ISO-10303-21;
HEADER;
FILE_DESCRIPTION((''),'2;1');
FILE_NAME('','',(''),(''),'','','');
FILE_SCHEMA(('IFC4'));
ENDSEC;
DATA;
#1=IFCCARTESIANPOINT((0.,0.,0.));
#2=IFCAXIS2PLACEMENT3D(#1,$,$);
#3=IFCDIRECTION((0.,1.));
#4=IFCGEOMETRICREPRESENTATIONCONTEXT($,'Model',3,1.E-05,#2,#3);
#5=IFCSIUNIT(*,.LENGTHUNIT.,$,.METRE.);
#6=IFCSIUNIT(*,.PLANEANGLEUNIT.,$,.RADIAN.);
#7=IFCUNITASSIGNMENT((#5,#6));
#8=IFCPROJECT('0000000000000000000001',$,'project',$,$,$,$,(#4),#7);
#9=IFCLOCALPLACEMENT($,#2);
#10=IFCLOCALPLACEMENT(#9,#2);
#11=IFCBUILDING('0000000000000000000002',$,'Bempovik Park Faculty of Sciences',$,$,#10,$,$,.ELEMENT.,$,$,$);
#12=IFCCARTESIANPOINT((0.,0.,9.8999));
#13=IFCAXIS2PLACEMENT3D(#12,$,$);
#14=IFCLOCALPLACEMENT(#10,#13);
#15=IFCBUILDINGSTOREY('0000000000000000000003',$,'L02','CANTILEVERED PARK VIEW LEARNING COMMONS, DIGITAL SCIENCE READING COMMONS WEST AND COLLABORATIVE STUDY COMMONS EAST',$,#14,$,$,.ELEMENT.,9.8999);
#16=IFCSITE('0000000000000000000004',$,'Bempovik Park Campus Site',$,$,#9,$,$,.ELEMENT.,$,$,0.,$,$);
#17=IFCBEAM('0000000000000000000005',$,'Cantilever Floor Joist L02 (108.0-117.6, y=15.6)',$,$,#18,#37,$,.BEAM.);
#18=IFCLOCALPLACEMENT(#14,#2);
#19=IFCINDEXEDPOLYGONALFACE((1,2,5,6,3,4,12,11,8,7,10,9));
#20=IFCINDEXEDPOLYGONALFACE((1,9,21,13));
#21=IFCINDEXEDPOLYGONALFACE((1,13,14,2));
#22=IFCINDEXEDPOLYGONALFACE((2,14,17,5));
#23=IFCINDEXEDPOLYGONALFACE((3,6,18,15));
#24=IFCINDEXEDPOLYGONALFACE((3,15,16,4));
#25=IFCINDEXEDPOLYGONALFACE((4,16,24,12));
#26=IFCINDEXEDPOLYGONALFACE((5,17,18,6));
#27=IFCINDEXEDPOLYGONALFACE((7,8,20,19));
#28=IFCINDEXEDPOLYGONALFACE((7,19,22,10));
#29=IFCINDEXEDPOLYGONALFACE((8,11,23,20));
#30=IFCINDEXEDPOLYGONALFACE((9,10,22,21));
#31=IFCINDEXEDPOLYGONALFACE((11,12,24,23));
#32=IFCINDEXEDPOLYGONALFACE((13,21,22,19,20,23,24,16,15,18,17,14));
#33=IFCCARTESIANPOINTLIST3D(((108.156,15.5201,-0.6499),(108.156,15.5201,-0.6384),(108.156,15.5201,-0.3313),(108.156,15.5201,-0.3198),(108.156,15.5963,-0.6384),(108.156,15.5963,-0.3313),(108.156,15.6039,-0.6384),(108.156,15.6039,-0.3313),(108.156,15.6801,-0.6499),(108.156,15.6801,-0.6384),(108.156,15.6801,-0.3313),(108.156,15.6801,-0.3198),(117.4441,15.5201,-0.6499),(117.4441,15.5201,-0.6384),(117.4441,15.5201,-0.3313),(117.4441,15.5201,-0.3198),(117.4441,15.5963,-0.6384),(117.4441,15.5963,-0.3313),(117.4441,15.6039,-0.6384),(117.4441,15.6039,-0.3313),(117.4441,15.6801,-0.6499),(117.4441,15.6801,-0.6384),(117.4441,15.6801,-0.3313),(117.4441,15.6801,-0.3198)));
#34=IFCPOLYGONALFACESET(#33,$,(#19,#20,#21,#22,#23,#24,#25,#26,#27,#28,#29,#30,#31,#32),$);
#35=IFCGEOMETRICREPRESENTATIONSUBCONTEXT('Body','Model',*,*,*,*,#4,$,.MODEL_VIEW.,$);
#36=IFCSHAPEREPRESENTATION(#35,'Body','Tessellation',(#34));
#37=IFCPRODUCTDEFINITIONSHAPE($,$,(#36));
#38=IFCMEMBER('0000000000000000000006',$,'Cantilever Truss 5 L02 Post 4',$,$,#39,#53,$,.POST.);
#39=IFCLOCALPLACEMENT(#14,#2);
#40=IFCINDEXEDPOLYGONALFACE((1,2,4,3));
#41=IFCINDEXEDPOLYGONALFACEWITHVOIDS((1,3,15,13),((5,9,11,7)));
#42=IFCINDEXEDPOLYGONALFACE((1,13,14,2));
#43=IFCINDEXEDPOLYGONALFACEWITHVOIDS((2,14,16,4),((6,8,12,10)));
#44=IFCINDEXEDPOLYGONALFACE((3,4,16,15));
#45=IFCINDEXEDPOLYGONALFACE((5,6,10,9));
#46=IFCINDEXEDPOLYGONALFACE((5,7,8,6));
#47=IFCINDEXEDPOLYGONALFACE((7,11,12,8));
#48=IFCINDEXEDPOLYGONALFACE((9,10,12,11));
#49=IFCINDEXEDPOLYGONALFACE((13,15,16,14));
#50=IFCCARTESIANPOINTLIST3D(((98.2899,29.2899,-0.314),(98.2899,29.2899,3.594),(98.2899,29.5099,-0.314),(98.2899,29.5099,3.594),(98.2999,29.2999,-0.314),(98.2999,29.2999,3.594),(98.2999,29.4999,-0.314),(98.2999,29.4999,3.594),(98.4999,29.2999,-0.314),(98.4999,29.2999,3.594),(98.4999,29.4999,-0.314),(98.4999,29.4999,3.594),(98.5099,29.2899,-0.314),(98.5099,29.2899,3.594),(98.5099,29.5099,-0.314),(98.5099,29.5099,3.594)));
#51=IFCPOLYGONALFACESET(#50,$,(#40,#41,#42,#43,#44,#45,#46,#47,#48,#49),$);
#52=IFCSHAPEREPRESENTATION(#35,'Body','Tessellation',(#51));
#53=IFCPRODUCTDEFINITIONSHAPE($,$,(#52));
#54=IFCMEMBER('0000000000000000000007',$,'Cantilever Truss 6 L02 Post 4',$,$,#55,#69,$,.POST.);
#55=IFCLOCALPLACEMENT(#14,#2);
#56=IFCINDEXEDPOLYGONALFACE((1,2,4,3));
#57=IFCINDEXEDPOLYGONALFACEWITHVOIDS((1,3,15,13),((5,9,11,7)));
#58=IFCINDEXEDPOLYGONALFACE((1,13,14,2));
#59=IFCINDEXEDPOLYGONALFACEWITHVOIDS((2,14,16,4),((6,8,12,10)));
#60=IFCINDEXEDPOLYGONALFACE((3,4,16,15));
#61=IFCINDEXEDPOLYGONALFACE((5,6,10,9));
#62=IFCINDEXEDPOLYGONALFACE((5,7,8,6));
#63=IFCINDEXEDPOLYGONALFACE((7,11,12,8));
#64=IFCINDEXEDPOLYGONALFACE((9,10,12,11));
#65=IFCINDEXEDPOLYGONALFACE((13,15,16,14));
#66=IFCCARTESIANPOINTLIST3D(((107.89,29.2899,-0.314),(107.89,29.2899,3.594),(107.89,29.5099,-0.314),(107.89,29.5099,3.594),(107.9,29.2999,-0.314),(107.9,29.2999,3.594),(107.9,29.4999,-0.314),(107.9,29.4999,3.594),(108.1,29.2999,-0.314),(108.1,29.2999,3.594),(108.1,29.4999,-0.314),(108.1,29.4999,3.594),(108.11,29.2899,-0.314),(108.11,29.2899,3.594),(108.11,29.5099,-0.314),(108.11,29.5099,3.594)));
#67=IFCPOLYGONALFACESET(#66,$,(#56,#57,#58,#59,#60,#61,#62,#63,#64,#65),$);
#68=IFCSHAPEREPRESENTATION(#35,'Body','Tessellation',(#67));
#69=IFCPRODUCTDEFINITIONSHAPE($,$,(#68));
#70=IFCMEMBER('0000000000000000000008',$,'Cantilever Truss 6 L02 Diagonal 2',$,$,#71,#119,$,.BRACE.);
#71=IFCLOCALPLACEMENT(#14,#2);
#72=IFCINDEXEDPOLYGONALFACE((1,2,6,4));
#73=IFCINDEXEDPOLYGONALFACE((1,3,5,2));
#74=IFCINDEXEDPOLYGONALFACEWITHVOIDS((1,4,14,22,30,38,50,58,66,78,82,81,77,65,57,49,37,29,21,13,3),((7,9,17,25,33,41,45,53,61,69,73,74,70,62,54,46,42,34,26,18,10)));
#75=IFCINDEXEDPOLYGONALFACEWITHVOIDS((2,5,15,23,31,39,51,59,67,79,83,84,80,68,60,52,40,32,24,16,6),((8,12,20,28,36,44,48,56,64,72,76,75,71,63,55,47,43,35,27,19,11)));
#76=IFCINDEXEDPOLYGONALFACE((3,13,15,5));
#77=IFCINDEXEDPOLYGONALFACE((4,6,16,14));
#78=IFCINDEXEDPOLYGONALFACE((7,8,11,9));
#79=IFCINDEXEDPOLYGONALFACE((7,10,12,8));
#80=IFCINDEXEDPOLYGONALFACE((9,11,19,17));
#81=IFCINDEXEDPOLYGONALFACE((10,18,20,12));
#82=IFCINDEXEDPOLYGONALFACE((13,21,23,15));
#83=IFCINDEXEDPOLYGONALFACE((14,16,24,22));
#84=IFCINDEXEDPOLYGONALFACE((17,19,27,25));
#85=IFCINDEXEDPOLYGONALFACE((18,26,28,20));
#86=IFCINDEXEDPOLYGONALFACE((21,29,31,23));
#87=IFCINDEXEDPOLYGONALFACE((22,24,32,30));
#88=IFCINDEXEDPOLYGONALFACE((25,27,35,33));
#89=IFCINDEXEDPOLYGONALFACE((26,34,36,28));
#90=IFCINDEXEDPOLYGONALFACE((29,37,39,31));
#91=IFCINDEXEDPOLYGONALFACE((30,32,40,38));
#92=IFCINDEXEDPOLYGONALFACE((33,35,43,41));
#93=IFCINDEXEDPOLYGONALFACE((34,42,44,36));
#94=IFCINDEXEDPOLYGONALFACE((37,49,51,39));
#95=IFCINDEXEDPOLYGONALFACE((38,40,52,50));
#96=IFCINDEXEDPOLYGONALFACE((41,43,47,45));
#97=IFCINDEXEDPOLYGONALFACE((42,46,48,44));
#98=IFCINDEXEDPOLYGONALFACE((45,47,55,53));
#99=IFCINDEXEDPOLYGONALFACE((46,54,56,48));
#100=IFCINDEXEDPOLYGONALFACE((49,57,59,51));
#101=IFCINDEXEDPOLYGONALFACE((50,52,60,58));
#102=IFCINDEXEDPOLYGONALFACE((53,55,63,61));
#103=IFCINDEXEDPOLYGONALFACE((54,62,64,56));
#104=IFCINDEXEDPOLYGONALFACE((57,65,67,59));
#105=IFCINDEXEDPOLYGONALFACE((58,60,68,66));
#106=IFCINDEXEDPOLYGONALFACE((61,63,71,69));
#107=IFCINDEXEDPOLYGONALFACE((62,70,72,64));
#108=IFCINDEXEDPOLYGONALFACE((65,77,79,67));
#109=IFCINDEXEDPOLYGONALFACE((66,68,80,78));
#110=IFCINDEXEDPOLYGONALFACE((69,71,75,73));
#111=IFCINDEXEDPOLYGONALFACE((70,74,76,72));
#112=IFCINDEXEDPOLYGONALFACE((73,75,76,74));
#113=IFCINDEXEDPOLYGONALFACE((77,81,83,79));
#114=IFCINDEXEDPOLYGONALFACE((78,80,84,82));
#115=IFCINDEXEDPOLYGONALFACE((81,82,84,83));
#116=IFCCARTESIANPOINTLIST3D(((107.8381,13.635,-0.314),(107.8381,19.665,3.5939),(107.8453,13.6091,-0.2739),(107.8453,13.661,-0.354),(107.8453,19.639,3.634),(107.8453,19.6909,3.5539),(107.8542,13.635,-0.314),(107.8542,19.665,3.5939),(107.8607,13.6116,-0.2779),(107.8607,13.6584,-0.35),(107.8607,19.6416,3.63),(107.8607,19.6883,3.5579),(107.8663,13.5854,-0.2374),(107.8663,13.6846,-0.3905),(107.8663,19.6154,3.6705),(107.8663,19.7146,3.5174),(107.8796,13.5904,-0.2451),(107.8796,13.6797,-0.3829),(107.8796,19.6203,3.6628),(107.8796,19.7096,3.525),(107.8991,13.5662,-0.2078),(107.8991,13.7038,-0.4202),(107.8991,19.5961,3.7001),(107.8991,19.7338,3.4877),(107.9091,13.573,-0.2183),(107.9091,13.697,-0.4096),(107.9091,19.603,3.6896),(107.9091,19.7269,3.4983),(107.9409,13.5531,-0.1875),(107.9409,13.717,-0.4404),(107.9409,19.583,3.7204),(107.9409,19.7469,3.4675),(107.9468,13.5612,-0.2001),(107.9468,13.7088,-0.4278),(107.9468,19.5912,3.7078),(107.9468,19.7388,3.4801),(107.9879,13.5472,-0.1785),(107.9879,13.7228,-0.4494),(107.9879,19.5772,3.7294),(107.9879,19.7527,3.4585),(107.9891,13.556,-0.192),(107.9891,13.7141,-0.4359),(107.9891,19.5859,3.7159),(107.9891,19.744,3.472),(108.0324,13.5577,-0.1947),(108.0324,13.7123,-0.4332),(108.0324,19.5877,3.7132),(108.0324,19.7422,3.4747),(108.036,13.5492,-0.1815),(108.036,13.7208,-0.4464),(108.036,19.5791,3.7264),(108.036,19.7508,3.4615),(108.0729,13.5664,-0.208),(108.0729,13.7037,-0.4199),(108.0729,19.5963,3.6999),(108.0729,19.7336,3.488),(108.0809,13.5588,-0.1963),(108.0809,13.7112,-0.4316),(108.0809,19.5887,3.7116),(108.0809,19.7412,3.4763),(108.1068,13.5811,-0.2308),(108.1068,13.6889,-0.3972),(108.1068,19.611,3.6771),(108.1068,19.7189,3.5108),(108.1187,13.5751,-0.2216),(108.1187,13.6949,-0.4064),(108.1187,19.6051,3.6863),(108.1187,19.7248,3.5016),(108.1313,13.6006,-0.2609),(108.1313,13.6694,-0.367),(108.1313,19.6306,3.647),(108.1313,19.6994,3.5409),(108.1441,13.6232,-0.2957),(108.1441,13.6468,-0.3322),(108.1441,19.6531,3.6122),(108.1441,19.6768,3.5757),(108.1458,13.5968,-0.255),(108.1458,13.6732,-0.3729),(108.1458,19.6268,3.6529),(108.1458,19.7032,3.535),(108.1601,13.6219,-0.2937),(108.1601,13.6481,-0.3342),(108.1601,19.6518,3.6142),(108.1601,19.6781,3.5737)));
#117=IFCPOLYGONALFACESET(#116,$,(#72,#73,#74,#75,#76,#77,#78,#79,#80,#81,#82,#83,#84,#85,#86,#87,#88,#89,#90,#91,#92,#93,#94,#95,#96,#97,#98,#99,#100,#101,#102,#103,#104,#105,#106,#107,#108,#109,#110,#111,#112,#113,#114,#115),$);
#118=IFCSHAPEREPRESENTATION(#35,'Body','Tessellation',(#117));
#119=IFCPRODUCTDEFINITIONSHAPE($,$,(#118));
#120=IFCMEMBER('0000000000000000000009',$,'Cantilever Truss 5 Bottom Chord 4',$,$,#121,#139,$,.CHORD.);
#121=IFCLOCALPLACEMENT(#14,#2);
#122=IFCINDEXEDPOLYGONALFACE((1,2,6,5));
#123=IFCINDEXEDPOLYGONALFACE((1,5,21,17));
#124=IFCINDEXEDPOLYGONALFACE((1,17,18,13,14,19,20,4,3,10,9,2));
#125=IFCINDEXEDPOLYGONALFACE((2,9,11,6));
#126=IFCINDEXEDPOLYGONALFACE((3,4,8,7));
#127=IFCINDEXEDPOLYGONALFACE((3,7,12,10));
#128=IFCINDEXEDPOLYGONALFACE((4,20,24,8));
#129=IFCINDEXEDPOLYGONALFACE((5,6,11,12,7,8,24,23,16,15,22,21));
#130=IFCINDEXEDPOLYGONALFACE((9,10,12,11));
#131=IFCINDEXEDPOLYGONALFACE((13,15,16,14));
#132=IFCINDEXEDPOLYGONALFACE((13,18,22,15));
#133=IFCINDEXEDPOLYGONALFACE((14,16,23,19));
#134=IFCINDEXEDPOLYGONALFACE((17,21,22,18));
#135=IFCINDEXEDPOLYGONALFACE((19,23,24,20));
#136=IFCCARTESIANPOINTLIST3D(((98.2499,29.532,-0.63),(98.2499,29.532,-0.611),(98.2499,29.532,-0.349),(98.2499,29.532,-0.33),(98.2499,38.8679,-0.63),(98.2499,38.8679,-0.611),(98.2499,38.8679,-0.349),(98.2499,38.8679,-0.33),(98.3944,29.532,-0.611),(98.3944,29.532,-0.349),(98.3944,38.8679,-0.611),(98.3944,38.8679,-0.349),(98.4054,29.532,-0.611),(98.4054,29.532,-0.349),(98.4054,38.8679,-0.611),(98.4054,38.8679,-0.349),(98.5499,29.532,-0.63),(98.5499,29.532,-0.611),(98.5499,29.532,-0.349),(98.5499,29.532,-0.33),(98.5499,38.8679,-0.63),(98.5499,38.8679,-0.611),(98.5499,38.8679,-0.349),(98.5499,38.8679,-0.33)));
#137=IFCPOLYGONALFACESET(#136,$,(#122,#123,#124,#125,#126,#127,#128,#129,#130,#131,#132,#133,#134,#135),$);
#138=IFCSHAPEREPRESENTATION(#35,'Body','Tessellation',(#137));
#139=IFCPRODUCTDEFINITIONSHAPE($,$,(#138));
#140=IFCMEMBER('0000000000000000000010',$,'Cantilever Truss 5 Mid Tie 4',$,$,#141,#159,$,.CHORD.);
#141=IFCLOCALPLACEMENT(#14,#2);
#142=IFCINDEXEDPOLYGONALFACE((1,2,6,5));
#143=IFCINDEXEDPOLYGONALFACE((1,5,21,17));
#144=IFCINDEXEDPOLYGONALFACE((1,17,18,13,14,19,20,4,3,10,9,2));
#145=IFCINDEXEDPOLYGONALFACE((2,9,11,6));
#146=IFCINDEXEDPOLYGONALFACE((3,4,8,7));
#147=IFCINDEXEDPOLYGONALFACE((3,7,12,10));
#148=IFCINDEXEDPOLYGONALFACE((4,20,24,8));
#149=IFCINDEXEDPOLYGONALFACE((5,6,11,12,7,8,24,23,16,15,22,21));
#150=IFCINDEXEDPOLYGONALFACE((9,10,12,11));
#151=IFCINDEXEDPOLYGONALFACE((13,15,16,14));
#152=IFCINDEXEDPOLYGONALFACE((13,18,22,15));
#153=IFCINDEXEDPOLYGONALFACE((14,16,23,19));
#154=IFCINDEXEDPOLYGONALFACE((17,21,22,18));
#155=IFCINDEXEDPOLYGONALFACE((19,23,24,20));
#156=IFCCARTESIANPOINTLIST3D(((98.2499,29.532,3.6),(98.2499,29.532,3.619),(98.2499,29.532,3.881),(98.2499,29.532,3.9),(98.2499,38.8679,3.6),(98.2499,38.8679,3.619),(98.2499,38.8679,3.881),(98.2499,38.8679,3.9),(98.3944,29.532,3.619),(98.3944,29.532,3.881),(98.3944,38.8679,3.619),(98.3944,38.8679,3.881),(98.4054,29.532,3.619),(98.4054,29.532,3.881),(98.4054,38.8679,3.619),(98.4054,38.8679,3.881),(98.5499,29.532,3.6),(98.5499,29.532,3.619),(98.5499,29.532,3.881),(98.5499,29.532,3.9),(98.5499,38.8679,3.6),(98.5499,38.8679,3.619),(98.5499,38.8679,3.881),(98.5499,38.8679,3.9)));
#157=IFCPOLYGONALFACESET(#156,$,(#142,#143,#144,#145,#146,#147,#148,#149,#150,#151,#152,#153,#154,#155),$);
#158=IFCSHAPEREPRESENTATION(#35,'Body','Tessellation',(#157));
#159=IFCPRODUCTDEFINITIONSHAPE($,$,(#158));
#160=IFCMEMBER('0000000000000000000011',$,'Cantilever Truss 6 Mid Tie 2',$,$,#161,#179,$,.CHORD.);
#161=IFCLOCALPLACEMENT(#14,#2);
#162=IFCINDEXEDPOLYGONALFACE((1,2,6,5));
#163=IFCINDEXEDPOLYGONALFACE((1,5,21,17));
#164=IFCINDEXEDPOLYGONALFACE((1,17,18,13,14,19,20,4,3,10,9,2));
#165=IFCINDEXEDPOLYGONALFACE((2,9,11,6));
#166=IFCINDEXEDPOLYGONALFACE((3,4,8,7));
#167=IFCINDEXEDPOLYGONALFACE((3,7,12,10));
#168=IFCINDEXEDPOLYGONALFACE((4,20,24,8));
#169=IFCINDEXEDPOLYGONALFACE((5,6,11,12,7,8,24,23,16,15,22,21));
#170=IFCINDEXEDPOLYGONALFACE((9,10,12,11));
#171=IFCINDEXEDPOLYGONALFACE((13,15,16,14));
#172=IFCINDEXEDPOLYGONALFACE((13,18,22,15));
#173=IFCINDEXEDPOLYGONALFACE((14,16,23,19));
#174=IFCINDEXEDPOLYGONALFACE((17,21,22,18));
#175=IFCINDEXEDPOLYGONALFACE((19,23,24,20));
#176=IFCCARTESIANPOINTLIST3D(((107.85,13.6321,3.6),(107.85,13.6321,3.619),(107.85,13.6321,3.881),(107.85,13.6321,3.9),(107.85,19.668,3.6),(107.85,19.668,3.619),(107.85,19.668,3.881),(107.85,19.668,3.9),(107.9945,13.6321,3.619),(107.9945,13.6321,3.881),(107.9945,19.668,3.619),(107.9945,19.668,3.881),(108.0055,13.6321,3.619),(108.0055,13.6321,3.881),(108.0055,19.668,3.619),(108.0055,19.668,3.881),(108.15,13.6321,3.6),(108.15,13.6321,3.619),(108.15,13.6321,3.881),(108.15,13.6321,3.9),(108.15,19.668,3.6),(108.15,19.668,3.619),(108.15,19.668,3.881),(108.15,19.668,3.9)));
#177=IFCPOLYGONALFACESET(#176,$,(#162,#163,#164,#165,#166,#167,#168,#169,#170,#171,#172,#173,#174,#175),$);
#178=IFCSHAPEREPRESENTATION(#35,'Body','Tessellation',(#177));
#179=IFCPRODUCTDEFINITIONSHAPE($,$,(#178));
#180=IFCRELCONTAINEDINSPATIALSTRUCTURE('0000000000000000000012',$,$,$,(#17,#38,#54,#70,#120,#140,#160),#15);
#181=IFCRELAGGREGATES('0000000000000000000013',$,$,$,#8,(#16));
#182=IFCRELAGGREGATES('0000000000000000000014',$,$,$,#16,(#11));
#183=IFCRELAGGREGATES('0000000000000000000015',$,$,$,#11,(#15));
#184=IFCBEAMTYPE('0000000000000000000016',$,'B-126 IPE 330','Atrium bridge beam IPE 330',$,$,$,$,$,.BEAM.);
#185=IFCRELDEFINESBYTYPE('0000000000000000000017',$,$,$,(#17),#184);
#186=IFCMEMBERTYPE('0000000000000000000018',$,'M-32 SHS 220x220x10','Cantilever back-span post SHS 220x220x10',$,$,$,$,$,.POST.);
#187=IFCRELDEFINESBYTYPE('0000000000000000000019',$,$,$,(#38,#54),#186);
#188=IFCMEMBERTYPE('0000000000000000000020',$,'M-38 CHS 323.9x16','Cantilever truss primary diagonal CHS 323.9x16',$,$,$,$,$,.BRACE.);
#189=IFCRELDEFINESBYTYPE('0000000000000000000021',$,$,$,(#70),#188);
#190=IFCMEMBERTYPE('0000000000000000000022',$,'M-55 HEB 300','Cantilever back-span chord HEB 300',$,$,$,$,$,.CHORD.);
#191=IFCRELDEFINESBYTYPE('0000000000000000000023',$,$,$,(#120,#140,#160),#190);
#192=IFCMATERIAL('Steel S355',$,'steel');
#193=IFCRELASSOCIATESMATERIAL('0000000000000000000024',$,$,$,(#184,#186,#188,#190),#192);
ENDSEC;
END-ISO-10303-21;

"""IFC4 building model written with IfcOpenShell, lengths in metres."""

from ifc_helpers import new_model, si_unit, direction, frame, origin, origin_2d, place, context, subcontext, project, spatial, hollow_rectangle, hollow_circle, i_section, extrude, material, material_profile, profile_set, type_object, element, save


model = new_model("IFC4")

# Units and contexts
model_context = context("Model", 3, precision=1e-05, world=origin(), true_north=direction((0.0, 1.0)))
body_context = subcontext(model_context, "Body", "Model", "MODEL_VIEW")
ifc_project = project(units=[si_unit("LENGTHUNIT", "METRE"), si_unit("PLANEANGLEUNIT", "RADIAN")], contexts=[model_context])

# Site, building, storey
site_placement = place(None, origin())
site = spatial("IfcSite", under=ifc_project, at=site_placement, Name="Bempovik Park Campus Site", CompositionType="ELEMENT", RefElevation=0.0)
building_placement = place(site_placement, origin())
building = spatial("IfcBuilding", under=site, at=building_placement, Name="Bempovik Park Faculty of Sciences", CompositionType="ELEMENT")
storey_placement = place(building_placement, frame((0.0, 0.0, 9.8999)))
storey = spatial("IfcBuildingStorey", under=building, at=storey_placement, Name="L02", Description="CANTILEVERED PARK VIEW LEARNING COMMONS, DIGITAL SCIENCE READING COMMONS WEST AND COLLABORATIVE STUDY COMMONS EAST", CompositionType="ELEMENT", Elevation=9.8999)

# Beam
ifc_material_1 = material(Name="Steel S355", Category="steel")
ifc_material_profile_1 = material_profile(ifc_material_1, i_section(OverallWidth=0.1599, OverallDepth=0.3301, WebThickness=0.0076, FlangeThickness=0.0115, at=origin_2d()), Name="IPE 330")
ifc_profile_set_1 = profile_set([ifc_material_profile_1], Name="Steel S355")
beam_type_1 = type_object("IfcBeamType", Name="B-126 IPE 330", Description="Atrium bridge beam IPE 330", PredefinedType="BEAM", material=ifc_profile_set_1)
for number, where, z_axis, x_axis, name in (
    (1, (108.156, 15.6001, -0.4849), (1.0, 0.0, 0.0), (0.0, 1.0, 0.0), "Cantilever Floor Joist L02 (108.0-117.6, y=15.6)"),
):
    element("IfcBeam", number, at=place(storey_placement, frame(where, z_axis=z_axis, x_axis=x_axis)), inside=storey, type_object=beam_type_1, Name=name, PredefinedType="BEAM", context=body_context, shape_type="SweptSolid", body=[
        extrude(i_section(OverallWidth=0.1599, OverallDepth=0.3301, WebThickness=0.0076, FlangeThickness=0.0115, at=origin_2d()), origin(), (0.0, 0.0, 1.0), 9.2881),
    ])

# Members
ifc_material_profile_2 = material_profile(ifc_material_1, hollow_rectangle(XDim=0.22, YDim=0.22, WallThickness=0.01, at=origin_2d()), Name="SHS 220x220x10")
ifc_profile_set_2 = profile_set([ifc_material_profile_2], Name="Steel S355")
member_type_1 = type_object("IfcMemberType", Name="M-32 SHS 220x220x10", Description="Cantilever back-span post SHS 220x220x10", PredefinedType="POST", material=ifc_profile_set_2)
for number, where, z_axis, x_axis, name in (
    (2, (98.3999, 29.3999, -0.314), (0.0, 0.0, 1.0), (1.0, 0.0, 0.0), "Cantilever Truss 5 L02 Post 4"),
    (3, (108.0, 29.3999, -0.314), (0.0, 0.0, 1.0), (1.0, 0.0, 0.0), "Cantilever Truss 6 L02 Post 4"),
):
    element("IfcMember", number, at=place(storey_placement, frame(where, z_axis=z_axis, x_axis=x_axis)), inside=storey, type_object=member_type_1, Name=name, PredefinedType="POST", context=body_context, shape_type="SweptSolid", body=[
        extrude(hollow_rectangle(XDim=0.22, YDim=0.22, WallThickness=0.01, at=origin_2d()), origin(), (0.0, 0.0, 1.0), 3.908),
    ])
ifc_material_profile_3 = material_profile(ifc_material_1, hollow_circle(Radius=0.1619, WallThickness=0.0161, at=origin_2d()), Name="CHS 323.9x16")
ifc_profile_set_3 = profile_set([ifc_material_profile_3], Name="Steel S355")
member_type_2 = type_object("IfcMemberType", Name="M-38 CHS 323.9x16", Description="Cantilever truss primary diagonal CHS 323.9x16", PredefinedType="BRACE", material=ifc_profile_set_3)
member_1_placement = place(storey_placement, frame((108.0, 13.635, -0.314), z_axis=(0.0, 0.839178, 0.543857), x_axis=(-1.0, 0.0, 0.0)))
element("IfcMember", 4, at=member_1_placement, inside=storey, type_object=member_type_2, Name="Cantilever Truss 6 L02 Diagonal 2", PredefinedType="BRACE", context=body_context, shape_type="SweptSolid", body=[
    extrude(hollow_circle(Radius=0.1619, WallThickness=0.0161, at=origin_2d()), origin(), (0.0, 0.0, 1.0), 7.1855),
])
ifc_material_profile_4 = material_profile(ifc_material_1, i_section(OverallWidth=0.3, OverallDepth=0.3, WebThickness=0.011, FlangeThickness=0.019, at=origin_2d()), Name="HEB 300")
ifc_profile_set_4 = profile_set([ifc_material_profile_4], Name="Steel S355")
member_type_3 = type_object("IfcMemberType", Name="M-55 HEB 300", Description="Cantilever back-span chord HEB 300", PredefinedType="CHORD", material=ifc_profile_set_4)
for number, where, z_axis, x_axis, name in (
    (5, (98.3999, 29.532, -0.48), (0.0, 1.0, 0.0), (-1.0, 0.0, 0.0), "Cantilever Truss 5 Bottom Chord 4"),
    (6, (98.3999, 29.532, 3.75), (0.0, 1.0, 0.0), (-1.0, 0.0, 0.0), "Cantilever Truss 5 Mid Tie 4"),
):
    element("IfcMember", number, at=place(storey_placement, frame(where, z_axis=z_axis, x_axis=x_axis)), inside=storey, type_object=member_type_3, Name=name, PredefinedType="CHORD", context=body_context, shape_type="SweptSolid", body=[
        extrude(i_section(OverallWidth=0.3, OverallDepth=0.3, WebThickness=0.011, FlangeThickness=0.019, at=origin_2d()), origin(), (0.0, 0.0, 1.0), 9.3359),
    ])
member_2_placement = place(storey_placement, frame((108.0, 13.6321, 3.75), z_axis=(0.0, 1.0, 0.0), x_axis=(-1.0, 0.0, 0.0)))
element("IfcMember", 7, at=member_2_placement, inside=storey, type_object=member_type_3, Name="Cantilever Truss 6 Mid Tie 2", PredefinedType="CHORD", context=body_context, shape_type="SweptSolid", body=[
    extrude(i_section(OverallWidth=0.3, OverallDepth=0.3, WebThickness=0.011, FlangeThickness=0.019, at=origin_2d()), origin(), (0.0, 0.0, 1.0), 6.0359),
])

save(model, "model.ifc")
